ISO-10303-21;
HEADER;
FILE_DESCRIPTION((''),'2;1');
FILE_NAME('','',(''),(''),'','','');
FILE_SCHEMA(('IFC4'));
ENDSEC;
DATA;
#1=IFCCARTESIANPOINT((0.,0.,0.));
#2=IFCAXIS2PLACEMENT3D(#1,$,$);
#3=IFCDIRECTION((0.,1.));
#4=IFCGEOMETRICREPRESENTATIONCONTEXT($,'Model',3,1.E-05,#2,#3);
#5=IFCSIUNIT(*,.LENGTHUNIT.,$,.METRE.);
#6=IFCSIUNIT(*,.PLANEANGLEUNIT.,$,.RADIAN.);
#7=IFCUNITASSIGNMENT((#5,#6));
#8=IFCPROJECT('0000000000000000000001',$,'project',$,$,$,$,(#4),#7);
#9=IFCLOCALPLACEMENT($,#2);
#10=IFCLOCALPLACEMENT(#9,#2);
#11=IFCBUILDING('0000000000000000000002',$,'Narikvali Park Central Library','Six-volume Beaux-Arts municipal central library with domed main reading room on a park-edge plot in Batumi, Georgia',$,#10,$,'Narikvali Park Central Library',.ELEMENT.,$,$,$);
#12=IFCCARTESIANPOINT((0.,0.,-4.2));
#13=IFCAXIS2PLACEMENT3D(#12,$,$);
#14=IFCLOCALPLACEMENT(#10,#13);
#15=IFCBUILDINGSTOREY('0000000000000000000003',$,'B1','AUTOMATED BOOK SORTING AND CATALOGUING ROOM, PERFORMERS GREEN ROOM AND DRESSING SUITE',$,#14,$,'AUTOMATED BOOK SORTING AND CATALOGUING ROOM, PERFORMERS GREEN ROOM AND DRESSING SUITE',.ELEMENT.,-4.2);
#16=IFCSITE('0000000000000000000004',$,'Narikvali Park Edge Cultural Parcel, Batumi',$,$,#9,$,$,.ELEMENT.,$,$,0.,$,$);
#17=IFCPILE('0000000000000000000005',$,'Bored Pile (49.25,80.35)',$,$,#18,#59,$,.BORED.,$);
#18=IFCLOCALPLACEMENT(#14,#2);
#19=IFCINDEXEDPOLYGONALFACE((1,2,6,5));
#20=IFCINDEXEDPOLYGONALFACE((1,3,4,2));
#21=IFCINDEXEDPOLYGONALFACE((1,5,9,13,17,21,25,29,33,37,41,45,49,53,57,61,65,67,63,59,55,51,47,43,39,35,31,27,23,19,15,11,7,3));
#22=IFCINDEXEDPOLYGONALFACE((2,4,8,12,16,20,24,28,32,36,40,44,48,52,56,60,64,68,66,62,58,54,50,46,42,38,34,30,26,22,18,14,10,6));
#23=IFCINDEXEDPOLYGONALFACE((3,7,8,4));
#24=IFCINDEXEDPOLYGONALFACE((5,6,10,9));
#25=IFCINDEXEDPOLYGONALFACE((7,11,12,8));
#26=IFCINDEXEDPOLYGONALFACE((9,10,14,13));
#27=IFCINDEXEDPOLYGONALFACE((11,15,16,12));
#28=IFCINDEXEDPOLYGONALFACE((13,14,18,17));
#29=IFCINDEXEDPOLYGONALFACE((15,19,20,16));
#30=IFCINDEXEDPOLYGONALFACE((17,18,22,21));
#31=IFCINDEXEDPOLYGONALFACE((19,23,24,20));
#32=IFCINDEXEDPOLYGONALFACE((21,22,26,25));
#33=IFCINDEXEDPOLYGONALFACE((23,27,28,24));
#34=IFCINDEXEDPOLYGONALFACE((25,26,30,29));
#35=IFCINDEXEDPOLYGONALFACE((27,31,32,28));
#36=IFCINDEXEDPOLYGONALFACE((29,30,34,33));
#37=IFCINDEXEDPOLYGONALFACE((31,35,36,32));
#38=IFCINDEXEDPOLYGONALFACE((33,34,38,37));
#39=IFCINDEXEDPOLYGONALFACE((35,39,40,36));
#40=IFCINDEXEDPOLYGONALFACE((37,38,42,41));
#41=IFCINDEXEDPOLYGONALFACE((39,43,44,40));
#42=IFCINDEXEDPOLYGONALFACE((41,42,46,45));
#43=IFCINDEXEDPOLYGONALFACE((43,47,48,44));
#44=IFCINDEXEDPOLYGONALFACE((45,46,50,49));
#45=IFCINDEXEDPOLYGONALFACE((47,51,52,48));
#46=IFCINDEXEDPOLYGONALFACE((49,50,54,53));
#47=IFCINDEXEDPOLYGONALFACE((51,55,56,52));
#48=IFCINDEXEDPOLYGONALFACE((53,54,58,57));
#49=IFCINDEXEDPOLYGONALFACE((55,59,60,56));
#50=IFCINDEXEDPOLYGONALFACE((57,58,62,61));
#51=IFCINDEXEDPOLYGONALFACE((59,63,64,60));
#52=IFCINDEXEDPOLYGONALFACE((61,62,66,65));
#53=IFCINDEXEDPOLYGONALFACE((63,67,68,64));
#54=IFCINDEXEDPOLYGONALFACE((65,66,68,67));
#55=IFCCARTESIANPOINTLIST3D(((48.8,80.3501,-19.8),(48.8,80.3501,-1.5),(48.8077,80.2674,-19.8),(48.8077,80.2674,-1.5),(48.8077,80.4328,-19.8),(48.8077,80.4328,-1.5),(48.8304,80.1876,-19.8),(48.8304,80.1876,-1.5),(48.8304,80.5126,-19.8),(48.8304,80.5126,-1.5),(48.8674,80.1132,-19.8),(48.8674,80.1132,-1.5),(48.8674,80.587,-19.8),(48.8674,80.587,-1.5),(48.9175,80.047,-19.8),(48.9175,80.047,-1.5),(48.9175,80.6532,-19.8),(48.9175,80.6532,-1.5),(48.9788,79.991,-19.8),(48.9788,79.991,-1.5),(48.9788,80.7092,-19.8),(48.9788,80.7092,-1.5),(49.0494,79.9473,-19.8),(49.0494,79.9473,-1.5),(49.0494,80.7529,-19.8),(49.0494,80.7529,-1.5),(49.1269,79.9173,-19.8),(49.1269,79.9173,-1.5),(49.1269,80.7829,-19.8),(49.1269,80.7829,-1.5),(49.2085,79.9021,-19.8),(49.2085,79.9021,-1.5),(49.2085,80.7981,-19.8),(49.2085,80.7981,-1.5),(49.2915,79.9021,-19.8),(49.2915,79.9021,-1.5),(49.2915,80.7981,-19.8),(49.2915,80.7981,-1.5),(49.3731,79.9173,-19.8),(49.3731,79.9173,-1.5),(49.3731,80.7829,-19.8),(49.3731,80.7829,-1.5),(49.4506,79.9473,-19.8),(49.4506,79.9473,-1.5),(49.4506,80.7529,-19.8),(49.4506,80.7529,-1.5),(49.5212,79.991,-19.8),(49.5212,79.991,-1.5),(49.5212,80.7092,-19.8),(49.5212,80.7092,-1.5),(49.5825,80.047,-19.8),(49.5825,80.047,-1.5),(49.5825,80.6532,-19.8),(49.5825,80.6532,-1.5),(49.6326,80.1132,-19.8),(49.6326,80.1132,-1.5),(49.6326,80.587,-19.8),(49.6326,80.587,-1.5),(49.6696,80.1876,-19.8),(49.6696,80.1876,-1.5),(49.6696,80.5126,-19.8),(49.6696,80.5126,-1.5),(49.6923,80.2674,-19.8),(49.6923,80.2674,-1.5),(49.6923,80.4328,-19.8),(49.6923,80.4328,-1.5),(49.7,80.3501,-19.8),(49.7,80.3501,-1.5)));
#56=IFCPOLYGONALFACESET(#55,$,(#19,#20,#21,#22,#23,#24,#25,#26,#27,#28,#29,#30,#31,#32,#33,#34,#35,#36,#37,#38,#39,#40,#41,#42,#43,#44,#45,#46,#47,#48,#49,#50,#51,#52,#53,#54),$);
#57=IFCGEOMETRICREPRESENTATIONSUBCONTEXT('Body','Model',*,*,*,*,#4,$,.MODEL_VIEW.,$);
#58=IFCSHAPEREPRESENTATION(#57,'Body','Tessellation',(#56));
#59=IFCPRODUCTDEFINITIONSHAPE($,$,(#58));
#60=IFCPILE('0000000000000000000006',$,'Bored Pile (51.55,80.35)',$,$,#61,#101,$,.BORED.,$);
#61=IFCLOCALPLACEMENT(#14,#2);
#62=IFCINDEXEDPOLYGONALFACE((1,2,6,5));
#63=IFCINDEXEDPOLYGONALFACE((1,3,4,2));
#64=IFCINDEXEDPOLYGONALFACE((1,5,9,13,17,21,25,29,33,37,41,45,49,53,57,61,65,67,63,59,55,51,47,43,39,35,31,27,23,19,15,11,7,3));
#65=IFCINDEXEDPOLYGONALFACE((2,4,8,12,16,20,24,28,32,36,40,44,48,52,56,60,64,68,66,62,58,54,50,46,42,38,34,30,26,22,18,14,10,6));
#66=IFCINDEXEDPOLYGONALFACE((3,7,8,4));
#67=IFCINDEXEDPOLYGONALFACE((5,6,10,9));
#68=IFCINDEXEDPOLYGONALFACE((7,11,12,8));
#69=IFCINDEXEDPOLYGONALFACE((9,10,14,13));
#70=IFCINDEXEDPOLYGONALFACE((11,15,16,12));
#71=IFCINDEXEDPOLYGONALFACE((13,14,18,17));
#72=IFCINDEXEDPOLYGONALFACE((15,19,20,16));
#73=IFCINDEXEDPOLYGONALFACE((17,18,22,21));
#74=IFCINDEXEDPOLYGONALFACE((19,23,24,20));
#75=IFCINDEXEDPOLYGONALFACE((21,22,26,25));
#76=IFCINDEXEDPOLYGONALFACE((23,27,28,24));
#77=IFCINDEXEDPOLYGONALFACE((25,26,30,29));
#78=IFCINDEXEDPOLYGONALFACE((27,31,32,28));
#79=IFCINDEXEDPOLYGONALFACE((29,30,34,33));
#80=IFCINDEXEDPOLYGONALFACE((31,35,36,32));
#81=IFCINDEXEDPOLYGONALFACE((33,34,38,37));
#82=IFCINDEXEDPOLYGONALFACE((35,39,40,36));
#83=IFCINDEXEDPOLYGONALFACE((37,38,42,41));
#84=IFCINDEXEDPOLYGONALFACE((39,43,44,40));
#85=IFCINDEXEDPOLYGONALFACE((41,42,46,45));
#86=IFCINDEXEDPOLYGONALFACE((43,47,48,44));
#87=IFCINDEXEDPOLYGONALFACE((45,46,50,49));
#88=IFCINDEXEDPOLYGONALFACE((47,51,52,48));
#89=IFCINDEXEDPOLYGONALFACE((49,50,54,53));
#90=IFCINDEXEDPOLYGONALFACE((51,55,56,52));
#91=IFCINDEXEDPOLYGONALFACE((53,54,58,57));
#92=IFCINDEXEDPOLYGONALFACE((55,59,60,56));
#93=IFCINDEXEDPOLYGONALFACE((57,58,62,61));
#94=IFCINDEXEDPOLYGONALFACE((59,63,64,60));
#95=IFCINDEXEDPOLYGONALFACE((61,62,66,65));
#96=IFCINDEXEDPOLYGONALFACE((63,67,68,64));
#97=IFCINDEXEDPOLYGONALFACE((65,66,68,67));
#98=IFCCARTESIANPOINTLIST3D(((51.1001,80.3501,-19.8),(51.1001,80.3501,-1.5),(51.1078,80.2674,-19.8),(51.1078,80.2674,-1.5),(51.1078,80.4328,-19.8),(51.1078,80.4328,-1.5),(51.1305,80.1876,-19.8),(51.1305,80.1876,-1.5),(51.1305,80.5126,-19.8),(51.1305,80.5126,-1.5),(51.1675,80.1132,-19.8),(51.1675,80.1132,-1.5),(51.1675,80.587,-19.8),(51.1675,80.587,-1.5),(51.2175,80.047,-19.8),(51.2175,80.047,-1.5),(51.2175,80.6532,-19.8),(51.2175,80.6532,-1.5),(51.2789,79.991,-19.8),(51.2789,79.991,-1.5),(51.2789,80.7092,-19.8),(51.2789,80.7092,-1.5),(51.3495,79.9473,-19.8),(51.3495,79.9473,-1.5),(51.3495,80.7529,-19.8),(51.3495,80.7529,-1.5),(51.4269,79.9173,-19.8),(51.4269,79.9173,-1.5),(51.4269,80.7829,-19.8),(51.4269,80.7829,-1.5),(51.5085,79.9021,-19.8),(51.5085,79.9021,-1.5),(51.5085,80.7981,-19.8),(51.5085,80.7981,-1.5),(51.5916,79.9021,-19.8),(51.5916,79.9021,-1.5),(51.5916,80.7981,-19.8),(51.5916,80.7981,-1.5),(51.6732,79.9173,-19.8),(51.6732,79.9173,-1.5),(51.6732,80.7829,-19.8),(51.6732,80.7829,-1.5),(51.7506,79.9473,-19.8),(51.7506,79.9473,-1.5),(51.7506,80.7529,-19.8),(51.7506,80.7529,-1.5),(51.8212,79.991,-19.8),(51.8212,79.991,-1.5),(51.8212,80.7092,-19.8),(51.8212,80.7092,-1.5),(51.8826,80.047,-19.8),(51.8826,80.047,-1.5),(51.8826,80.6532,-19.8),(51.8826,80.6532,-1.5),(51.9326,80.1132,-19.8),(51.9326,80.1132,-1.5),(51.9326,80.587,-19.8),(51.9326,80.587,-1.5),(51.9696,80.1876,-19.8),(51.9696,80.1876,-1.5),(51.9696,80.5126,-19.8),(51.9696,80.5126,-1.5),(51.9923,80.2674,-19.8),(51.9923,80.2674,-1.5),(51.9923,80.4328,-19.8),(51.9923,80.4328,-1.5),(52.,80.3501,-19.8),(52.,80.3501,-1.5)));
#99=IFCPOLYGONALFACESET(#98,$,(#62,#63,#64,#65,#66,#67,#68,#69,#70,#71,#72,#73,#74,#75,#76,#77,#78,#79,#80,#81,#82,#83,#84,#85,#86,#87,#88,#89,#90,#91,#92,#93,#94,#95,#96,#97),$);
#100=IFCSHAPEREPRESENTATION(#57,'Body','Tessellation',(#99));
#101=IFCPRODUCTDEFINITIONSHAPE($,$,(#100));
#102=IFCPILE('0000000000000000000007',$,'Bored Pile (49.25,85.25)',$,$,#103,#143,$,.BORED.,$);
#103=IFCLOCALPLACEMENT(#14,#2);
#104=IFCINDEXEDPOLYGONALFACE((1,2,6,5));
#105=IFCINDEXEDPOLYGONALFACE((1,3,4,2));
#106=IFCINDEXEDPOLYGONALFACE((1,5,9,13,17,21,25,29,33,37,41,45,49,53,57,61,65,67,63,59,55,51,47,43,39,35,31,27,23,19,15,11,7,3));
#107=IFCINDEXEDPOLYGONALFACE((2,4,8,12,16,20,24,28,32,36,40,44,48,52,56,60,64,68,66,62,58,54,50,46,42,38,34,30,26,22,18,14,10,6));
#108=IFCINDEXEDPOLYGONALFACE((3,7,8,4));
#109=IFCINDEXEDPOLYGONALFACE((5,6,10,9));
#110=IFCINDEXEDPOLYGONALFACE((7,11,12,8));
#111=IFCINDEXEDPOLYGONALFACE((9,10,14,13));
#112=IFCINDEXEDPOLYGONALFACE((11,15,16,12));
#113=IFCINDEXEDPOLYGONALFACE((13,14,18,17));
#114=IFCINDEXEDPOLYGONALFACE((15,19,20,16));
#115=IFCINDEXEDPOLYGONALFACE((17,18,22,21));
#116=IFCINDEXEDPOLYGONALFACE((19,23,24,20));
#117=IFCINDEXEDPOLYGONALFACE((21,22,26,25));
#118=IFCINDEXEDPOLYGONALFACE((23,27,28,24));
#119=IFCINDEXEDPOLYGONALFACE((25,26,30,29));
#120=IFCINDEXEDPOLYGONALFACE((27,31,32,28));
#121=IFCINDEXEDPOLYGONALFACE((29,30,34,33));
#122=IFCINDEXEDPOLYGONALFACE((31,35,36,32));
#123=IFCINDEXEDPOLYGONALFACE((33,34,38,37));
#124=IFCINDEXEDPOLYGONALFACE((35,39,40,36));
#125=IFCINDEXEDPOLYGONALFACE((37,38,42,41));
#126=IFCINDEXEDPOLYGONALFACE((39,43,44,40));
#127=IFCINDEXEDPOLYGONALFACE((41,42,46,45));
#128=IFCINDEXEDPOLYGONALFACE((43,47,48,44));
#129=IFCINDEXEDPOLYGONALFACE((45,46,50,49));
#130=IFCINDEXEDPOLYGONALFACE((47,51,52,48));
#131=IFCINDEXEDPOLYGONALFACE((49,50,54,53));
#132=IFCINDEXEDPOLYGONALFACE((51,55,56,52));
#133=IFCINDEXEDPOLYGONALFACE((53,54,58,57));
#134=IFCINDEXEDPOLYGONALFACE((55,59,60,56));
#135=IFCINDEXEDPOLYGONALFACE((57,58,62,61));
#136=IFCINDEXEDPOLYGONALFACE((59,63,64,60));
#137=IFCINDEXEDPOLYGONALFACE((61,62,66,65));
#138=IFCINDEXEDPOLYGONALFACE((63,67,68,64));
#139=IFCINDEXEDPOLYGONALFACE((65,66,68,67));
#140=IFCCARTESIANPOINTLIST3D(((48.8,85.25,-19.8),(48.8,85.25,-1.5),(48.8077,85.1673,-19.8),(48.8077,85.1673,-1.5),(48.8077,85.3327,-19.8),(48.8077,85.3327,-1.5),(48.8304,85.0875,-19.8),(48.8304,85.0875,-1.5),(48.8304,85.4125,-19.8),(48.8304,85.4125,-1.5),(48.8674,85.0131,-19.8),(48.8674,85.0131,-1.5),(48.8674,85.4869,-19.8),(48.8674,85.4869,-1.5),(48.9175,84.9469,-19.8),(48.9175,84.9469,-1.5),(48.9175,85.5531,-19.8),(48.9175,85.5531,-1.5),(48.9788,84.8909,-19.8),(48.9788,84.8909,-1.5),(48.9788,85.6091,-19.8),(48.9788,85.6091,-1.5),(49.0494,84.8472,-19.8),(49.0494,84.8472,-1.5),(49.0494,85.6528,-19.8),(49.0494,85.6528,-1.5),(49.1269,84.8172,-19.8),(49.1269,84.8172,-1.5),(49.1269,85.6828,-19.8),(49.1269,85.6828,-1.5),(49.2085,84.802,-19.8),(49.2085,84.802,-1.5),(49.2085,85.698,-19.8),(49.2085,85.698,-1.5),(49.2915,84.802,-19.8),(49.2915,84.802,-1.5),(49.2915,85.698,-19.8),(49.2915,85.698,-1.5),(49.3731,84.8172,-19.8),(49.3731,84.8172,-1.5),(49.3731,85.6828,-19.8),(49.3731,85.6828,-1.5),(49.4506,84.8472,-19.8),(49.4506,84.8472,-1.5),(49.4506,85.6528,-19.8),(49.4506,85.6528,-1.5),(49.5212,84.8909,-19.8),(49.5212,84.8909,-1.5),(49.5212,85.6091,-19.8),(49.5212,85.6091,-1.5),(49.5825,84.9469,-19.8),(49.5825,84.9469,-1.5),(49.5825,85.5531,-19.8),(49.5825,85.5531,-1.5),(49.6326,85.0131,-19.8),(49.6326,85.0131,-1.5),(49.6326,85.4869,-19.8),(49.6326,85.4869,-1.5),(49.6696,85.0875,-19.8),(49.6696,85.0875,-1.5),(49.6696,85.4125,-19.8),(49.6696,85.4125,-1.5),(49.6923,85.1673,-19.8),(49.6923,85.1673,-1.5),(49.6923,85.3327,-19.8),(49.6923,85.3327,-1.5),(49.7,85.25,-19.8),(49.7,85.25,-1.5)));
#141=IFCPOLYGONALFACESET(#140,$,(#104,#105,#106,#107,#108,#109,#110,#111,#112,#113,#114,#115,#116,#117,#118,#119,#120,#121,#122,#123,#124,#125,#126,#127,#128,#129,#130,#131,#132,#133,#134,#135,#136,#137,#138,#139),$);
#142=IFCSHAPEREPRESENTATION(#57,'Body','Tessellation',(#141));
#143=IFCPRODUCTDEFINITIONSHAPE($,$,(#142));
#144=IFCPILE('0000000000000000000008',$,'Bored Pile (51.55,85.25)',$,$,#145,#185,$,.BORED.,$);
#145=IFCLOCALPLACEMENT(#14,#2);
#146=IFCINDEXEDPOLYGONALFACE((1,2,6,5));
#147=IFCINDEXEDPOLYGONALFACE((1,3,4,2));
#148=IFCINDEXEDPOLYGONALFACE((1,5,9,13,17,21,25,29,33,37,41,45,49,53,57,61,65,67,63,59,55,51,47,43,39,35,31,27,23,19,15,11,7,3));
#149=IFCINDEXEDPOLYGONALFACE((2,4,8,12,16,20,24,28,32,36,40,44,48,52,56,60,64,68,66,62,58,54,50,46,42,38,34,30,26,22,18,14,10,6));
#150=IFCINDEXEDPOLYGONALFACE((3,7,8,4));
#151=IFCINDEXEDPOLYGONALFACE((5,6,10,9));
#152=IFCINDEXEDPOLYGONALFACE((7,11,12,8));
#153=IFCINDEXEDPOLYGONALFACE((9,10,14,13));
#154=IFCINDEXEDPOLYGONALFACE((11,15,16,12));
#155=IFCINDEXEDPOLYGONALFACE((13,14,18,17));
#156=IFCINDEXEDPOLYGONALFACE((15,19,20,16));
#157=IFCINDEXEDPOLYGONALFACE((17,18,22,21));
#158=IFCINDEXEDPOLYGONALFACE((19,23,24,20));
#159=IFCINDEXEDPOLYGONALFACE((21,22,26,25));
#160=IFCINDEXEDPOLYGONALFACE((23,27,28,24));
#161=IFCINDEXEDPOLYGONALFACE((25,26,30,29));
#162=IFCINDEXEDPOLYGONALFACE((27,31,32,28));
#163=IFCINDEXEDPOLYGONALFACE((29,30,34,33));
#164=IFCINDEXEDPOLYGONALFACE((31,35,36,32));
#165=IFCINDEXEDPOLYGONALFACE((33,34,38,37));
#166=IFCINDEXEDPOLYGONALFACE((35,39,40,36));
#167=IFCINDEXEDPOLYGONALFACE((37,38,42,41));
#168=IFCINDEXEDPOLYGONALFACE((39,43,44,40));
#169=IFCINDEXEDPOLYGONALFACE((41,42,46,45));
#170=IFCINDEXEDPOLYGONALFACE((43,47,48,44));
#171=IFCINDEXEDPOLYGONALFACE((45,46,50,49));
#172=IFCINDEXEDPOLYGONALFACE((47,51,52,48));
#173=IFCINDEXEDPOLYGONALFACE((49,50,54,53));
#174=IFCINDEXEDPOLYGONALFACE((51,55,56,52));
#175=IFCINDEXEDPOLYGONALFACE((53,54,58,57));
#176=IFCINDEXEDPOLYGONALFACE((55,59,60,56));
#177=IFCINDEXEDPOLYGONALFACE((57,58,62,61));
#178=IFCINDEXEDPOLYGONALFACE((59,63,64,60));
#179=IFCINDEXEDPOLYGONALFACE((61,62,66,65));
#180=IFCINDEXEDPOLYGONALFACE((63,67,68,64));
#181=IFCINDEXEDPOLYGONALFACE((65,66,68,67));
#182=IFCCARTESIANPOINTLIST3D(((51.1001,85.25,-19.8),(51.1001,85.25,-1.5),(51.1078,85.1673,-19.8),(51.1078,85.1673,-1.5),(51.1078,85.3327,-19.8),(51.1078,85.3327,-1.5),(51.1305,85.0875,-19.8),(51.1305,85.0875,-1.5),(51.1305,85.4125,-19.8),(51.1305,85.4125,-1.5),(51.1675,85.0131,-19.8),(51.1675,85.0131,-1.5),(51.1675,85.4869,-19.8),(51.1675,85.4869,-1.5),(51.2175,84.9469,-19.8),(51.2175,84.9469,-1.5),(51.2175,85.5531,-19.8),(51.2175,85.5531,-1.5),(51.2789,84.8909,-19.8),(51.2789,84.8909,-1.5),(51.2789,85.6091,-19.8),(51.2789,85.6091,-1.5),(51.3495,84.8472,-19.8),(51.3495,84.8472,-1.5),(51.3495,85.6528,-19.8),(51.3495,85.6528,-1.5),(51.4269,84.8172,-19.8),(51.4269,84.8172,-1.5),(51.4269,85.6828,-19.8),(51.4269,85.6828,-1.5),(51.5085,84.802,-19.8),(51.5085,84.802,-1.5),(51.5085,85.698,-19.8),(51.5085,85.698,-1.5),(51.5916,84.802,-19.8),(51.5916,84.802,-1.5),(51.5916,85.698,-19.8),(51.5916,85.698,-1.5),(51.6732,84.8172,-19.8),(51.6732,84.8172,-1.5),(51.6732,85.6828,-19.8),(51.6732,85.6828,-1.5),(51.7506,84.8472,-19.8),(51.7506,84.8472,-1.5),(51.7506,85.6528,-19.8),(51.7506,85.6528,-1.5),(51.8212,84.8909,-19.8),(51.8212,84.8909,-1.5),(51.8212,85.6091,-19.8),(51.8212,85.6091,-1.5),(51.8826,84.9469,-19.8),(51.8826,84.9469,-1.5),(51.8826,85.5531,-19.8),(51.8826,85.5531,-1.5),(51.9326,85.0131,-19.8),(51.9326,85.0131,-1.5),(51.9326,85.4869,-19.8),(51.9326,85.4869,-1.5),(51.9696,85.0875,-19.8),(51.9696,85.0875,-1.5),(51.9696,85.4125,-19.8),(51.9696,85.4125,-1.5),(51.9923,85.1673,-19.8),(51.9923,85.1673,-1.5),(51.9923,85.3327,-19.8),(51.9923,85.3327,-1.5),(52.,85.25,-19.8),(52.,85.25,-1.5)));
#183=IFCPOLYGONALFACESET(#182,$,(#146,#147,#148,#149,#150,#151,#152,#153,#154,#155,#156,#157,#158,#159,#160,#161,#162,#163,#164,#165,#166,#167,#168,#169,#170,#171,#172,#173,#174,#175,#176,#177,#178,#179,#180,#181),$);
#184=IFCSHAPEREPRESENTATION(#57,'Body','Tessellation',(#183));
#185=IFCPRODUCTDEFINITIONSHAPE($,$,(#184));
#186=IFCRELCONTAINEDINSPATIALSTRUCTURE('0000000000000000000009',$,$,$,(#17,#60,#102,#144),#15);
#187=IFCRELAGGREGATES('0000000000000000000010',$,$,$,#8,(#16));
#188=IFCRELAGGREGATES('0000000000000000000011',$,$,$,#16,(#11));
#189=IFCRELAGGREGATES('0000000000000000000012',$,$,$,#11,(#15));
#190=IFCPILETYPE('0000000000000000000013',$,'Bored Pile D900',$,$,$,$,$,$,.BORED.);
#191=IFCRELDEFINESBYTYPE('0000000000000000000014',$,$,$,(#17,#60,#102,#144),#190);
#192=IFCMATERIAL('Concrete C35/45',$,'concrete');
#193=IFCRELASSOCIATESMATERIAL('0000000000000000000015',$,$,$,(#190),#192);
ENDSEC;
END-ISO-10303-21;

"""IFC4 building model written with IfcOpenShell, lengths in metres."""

from ifc_helpers import new_model, si_unit, direction, frame, origin, origin_2d, place, context, subcontext, project, spatial, circle, extrude, material, material_profile, profile_set, type_object, element, save


model = new_model("IFC4")

# Units and contexts
model_context = context("Model", 3, precision=1e-05, world=origin(), true_north=direction((0.0, 1.0)))
body_context = subcontext(model_context, "Body", "Model", "MODEL_VIEW")
ifc_project = project(units=[si_unit("LENGTHUNIT", "METRE"), si_unit("PLANEANGLEUNIT", "RADIAN")], contexts=[model_context])

# Site, building, storey
site_placement = place(None, origin())
site = spatial("IfcSite", under=ifc_project, at=site_placement, Name="Narikvali Park Edge Cultural Parcel, Batumi", CompositionType="ELEMENT", RefElevation=0.0)
building_placement = place(site_placement, origin())
building = spatial("IfcBuilding", under=site, at=building_placement, Name="Narikvali Park Central Library", Description="Six-volume Beaux-Arts municipal central library with domed main reading room on a park-edge plot in Batumi, Georgia", LongName="Narikvali Park Central Library", CompositionType="ELEMENT")
storey_placement = place(building_placement, frame((0.0, 0.0, -4.2)))
storey = spatial("IfcBuildingStorey", under=building, at=storey_placement, Name="B1", Description="AUTOMATED BOOK SORTING AND CATALOGUING ROOM, PERFORMERS GREEN ROOM AND DRESSING SUITE", LongName="AUTOMATED BOOK SORTING AND CATALOGUING ROOM, PERFORMERS GREEN ROOM AND DRESSING SUITE", CompositionType="ELEMENT", Elevation=-4.2)

# Piles
ifc_material_1 = material(Name="Concrete C35/45", Category="concrete")
ifc_material_profile_1 = material_profile(ifc_material_1, circle(Radius=0.45, at=origin_2d()), Name="PILE D900")
ifc_profile_set_1 = profile_set([ifc_material_profile_1], Name="Concrete C35/45")
pile_type = type_object("IfcPileType", Name="Bored Pile D900", PredefinedType="BORED", material=ifc_profile_set_1)
for number, where, z_axis, x_axis, name in (
    (1, (49.25, 80.3501, -1.5), (0.0, 0.0, -1.0), (1.0, 0.0, 0.0), "Bored Pile (49.25,80.35)"),
    (2, (51.55, 80.3501, -1.5), (0.0, 0.0, -1.0), (1.0, 0.0, 0.0), "Bored Pile (51.55,80.35)"),
    (3, (49.25, 85.25, -1.5), (0.0, 0.0, -1.0), (1.0, 0.0, 0.0), "Bored Pile (49.25,85.25)"),
    (4, (51.55, 85.25, -1.5), (0.0, 0.0, -1.0), (1.0, 0.0, 0.0), "Bored Pile (51.55,85.25)"),
):
    element("IfcPile", number, at=place(storey_placement, frame(where, z_axis=z_axis, x_axis=x_axis)), inside=storey, type_object=pile_type, Name=name, PredefinedType="BORED", context=body_context, shape_type="SweptSolid", body=[
        extrude(circle(Radius=0.45, at=origin_2d()), origin(), (0.0, 0.0, 1.0), 18.3),
    ])

save(model, "model.ifc")
